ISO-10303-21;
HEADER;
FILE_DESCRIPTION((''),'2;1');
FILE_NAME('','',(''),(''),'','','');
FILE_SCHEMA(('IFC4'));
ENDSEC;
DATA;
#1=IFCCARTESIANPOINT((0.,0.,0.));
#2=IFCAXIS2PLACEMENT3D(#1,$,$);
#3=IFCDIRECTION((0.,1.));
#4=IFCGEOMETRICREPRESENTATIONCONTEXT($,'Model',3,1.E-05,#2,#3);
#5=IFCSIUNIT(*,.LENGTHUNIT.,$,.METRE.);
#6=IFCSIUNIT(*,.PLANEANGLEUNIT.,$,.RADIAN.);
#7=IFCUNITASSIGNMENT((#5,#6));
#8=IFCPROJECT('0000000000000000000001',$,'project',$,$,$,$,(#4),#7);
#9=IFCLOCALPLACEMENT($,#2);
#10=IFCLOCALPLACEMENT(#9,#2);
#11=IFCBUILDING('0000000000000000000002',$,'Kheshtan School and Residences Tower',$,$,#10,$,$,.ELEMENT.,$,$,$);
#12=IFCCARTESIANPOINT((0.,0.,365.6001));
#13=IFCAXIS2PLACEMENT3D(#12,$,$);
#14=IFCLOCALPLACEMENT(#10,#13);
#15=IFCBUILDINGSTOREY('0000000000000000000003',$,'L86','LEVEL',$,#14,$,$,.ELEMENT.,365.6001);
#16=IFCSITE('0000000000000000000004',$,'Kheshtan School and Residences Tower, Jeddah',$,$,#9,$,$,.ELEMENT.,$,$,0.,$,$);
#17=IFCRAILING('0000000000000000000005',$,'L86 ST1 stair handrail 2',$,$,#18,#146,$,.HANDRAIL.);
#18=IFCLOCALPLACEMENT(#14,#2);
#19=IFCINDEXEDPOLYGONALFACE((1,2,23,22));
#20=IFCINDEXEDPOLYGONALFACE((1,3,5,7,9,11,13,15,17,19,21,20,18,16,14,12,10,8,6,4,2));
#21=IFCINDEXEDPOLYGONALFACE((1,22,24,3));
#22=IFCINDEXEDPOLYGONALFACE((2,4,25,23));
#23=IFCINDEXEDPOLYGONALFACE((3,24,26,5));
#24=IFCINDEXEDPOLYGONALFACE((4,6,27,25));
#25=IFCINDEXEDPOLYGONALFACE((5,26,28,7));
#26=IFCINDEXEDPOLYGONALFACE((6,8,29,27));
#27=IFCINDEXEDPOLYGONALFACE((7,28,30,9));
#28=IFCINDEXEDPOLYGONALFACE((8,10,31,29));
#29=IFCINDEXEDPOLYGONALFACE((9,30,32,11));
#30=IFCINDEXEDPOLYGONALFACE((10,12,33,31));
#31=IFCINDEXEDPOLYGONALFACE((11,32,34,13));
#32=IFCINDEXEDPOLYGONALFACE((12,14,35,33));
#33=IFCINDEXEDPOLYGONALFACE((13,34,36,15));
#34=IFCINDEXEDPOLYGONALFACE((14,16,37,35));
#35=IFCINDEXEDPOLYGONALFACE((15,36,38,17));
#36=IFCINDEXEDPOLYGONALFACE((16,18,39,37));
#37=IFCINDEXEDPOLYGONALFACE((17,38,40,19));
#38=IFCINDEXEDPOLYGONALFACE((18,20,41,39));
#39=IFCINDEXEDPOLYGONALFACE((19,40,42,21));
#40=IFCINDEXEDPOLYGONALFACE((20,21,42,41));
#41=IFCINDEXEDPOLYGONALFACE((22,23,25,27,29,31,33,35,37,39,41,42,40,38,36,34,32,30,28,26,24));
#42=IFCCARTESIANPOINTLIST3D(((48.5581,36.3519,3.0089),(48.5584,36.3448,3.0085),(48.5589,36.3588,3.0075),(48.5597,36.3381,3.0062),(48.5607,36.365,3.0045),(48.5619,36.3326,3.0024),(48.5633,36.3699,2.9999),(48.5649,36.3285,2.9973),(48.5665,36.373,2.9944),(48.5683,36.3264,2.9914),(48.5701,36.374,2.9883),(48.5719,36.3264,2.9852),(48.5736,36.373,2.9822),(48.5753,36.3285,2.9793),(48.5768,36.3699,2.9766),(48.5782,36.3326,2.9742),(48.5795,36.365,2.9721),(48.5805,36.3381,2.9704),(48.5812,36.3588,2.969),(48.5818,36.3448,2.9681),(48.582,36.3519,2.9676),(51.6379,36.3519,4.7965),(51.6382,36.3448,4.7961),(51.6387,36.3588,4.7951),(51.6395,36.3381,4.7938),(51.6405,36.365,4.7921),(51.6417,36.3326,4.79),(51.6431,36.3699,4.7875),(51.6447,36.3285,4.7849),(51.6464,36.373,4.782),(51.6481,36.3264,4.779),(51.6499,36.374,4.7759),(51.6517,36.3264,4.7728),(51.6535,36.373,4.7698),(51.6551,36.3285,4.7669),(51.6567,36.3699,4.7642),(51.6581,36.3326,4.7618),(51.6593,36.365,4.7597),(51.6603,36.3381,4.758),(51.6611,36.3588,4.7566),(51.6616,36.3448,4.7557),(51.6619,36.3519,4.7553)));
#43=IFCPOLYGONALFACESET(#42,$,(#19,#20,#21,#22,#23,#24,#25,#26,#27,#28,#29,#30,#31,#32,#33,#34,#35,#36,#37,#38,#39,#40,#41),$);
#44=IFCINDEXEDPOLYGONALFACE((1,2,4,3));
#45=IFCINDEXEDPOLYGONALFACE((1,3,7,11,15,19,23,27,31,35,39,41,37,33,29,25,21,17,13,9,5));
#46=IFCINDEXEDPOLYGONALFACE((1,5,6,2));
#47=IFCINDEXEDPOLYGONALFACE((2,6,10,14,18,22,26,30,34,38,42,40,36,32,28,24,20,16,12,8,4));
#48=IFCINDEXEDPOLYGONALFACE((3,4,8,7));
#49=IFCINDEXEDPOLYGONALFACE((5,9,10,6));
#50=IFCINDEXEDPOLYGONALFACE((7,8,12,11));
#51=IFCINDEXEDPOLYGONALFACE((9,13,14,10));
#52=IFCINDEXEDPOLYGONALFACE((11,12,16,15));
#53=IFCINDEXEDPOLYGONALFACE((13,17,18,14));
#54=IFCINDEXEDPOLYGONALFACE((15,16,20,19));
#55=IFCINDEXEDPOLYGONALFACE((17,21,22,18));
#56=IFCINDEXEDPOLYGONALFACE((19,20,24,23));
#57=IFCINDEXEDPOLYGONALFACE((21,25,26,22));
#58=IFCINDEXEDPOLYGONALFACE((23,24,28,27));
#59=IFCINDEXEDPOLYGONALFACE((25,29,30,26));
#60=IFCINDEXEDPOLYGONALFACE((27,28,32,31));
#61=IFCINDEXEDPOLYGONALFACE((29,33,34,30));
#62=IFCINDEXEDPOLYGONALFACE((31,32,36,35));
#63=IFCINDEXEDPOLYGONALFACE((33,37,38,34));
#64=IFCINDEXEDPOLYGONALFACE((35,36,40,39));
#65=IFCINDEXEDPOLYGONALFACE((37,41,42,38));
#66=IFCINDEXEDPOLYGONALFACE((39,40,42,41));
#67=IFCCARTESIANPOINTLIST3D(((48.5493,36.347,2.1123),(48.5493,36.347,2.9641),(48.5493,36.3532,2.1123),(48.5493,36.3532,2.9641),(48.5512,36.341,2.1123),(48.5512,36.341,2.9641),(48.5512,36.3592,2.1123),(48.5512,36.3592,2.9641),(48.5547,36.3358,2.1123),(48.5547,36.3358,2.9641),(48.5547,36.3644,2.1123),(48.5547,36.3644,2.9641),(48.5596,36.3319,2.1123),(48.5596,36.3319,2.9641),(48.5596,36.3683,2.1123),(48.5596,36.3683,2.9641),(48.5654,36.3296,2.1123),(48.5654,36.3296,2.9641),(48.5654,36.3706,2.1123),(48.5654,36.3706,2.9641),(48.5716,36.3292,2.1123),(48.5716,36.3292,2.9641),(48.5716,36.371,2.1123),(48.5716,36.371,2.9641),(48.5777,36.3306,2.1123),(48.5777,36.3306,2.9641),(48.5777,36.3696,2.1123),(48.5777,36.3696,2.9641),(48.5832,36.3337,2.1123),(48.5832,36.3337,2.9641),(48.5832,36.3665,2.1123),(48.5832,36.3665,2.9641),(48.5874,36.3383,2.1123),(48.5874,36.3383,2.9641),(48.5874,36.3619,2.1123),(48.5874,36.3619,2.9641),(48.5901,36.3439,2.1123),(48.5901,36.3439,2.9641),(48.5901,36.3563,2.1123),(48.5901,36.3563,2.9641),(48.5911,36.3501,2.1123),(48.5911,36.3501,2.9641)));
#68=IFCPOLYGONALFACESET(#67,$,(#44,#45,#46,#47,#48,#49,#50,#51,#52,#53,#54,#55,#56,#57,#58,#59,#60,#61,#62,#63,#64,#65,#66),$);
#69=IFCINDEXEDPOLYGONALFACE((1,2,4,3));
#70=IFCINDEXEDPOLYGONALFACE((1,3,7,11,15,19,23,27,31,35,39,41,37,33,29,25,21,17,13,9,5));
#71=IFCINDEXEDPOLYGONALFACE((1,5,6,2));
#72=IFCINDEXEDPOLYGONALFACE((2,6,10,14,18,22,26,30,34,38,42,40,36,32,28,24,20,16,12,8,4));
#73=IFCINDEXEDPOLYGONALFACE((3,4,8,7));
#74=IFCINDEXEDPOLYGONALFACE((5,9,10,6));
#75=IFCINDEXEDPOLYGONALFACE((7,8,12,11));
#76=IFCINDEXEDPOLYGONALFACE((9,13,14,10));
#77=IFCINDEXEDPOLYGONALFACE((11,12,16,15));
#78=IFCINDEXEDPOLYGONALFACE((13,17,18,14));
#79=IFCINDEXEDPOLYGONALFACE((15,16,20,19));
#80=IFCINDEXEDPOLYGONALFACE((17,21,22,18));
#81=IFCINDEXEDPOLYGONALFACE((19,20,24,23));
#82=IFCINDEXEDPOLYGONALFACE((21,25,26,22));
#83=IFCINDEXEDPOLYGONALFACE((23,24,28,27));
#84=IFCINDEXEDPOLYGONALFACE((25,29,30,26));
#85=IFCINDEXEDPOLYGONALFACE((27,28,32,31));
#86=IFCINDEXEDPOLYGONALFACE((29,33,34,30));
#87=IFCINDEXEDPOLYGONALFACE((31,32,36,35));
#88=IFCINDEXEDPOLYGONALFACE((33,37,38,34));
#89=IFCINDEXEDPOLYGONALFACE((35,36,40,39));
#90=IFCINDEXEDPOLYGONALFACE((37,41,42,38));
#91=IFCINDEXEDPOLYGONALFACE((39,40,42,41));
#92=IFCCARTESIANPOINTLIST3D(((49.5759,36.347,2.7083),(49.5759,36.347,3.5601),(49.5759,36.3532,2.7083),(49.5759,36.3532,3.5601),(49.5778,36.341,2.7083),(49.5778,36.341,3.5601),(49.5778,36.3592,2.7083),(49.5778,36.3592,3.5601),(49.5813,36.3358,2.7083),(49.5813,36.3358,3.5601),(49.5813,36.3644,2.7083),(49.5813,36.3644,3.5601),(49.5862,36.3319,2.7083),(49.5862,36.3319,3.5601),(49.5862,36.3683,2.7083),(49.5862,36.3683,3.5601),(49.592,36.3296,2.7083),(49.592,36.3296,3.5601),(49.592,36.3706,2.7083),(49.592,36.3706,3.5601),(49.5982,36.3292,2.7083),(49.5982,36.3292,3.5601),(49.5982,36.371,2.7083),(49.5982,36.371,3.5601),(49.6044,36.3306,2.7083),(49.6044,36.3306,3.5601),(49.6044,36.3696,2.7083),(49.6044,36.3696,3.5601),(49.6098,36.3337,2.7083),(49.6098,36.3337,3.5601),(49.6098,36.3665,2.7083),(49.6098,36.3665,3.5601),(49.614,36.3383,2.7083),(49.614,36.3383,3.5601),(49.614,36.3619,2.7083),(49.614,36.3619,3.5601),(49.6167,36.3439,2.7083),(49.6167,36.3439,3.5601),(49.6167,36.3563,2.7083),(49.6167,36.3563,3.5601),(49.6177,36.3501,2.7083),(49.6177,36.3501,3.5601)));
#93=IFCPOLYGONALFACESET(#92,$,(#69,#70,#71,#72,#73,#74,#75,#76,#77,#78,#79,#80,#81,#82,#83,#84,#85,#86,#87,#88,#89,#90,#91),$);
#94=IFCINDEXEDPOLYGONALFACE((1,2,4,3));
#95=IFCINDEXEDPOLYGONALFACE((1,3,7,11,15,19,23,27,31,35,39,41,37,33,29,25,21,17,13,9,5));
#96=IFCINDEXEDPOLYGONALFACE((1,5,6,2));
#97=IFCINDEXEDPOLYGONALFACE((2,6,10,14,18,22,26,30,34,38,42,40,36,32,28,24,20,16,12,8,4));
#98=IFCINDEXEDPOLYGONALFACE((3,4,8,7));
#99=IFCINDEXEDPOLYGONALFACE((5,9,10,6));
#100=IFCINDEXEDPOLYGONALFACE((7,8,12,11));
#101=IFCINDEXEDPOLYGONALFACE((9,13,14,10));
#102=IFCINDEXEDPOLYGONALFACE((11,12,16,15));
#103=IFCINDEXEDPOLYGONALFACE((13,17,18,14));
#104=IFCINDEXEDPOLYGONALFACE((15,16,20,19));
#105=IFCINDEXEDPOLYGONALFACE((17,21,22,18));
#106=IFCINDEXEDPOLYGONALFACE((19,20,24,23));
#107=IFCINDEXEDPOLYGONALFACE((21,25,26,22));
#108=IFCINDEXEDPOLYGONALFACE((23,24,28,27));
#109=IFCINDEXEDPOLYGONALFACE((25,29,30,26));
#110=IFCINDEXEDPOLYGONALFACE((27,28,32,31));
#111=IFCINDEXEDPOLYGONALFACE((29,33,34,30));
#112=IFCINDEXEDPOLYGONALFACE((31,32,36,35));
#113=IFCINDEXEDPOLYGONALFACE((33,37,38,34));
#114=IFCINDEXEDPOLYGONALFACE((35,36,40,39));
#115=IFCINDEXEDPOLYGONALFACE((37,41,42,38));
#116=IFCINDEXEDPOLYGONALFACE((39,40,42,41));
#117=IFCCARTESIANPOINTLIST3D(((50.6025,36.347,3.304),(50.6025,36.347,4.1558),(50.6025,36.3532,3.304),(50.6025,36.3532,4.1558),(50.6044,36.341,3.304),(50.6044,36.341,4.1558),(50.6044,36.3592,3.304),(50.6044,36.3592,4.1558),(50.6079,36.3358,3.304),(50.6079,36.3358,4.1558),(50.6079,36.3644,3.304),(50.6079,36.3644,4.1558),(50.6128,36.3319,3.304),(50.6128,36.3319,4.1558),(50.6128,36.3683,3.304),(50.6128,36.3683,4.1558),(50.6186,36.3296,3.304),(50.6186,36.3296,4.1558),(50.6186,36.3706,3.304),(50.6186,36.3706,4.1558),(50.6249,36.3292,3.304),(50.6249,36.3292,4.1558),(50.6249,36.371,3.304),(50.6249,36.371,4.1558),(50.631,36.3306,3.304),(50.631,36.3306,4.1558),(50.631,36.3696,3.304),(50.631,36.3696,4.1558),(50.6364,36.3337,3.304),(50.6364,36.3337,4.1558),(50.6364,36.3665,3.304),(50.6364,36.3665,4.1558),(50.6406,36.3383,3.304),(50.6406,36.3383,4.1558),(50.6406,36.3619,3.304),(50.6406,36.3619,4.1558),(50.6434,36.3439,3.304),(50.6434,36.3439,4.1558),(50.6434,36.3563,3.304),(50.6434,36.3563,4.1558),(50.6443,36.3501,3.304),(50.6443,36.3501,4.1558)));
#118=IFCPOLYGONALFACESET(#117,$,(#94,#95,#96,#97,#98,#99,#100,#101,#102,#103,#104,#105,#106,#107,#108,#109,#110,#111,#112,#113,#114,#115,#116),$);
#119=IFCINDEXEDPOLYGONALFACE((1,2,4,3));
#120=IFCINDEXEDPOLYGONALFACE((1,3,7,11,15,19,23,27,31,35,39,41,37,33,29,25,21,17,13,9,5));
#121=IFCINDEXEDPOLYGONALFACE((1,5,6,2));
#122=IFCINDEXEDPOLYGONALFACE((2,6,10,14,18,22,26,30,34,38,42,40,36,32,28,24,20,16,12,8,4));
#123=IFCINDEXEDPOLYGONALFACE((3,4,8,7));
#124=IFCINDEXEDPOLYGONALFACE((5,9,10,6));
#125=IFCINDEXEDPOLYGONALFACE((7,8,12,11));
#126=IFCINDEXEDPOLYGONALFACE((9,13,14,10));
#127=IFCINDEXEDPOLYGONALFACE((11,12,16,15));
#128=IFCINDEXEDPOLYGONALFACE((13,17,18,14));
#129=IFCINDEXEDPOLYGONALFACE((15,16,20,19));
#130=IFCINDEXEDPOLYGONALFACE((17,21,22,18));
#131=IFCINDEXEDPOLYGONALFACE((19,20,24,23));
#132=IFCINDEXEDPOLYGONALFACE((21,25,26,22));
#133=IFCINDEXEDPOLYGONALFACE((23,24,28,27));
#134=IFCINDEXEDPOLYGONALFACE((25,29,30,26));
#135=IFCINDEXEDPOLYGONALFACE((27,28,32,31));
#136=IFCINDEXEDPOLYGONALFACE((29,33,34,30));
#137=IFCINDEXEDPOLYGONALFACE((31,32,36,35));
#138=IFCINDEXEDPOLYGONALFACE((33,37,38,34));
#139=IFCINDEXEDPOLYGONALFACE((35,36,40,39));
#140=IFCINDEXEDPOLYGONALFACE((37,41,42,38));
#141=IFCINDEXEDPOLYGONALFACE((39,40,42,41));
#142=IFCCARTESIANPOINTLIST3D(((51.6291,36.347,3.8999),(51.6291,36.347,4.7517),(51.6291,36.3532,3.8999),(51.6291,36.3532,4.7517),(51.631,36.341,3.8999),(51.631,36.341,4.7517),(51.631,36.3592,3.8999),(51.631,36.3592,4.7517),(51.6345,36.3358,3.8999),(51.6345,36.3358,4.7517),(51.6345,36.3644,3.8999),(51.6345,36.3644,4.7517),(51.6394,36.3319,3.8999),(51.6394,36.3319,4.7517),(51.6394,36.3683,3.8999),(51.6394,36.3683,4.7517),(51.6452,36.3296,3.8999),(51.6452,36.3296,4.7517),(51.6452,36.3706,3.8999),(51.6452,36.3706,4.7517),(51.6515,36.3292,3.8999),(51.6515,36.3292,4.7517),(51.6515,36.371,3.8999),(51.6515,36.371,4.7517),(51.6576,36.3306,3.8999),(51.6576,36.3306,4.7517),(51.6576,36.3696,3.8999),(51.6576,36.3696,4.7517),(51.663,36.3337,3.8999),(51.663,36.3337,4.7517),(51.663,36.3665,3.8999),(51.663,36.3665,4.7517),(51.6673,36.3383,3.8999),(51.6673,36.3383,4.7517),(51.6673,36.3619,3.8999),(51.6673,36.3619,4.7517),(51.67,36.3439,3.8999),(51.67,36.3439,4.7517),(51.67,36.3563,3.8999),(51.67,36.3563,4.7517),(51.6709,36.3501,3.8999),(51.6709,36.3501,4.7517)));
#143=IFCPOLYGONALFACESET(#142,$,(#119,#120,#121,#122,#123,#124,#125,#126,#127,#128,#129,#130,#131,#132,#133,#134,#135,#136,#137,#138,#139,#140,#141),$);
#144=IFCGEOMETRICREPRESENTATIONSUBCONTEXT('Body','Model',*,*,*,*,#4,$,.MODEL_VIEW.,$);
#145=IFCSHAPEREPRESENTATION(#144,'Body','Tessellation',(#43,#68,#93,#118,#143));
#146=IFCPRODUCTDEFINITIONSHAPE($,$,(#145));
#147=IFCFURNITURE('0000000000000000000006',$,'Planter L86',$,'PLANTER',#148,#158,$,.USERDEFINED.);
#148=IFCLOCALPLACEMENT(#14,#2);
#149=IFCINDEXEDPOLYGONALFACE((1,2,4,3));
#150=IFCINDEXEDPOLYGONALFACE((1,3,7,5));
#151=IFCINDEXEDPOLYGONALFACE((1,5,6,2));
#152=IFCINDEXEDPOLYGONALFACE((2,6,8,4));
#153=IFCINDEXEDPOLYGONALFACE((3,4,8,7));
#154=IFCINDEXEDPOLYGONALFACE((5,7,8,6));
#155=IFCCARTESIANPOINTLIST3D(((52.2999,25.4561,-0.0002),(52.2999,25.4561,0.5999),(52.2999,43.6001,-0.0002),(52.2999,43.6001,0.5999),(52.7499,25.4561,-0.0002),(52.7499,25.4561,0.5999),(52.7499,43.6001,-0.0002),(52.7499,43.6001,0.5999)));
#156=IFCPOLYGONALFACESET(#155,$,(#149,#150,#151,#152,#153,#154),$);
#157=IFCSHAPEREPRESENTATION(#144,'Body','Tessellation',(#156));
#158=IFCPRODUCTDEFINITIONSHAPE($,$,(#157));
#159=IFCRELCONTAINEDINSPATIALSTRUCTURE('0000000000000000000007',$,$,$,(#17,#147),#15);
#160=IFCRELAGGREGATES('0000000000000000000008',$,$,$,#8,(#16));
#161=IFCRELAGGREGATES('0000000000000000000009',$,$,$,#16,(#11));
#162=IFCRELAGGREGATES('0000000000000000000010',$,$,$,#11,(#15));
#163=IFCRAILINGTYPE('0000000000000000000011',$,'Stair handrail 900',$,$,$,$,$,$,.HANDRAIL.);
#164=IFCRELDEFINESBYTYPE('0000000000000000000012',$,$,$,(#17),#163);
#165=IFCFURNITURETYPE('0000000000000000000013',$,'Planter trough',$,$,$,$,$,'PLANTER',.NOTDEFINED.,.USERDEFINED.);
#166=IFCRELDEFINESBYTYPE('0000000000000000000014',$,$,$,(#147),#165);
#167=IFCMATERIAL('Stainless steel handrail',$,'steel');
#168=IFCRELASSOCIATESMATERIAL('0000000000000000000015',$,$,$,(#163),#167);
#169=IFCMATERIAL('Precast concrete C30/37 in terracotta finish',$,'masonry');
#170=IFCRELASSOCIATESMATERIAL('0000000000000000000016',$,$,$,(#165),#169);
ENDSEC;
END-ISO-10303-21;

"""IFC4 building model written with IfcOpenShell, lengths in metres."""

from ifc_helpers import new_model, si_unit, direction, frame, origin, origin_2d, place, context, subcontext, project, spatial, rectangle, circle, extrude, material, type_object, element, save


model = new_model("IFC4")

# Units and contexts
model_context = context("Model", 3, precision=1e-05, world=origin(), true_north=direction((0.0, 1.0)))
body_context = subcontext(model_context, "Body", "Model", "MODEL_VIEW")
ifc_project = project(units=[si_unit("LENGTHUNIT", "METRE"), si_unit("PLANEANGLEUNIT", "RADIAN")], contexts=[model_context])

# Site, building, storey
site_placement = place(None, origin())
site = spatial("IfcSite", under=ifc_project, at=site_placement, Name="Kheshtan School and Residences Tower, Jeddah", CompositionType="ELEMENT", RefElevation=0.0)
building_placement = place(site_placement, origin())
building = spatial("IfcBuilding", under=site, at=building_placement, Name="Kheshtan School and Residences Tower", CompositionType="ELEMENT")
storey_placement = place(building_placement, frame((0.0, 0.0, 365.6001)))
storey = spatial("IfcBuildingStorey", under=building, at=storey_placement, Name="L86", Description="LEVEL", CompositionType="ELEMENT", Elevation=365.6001)

# Railing
ifc_material_1 = material(Name="Stainless steel handrail", Category="steel")
railing_type_1 = type_object("IfcRailingType", Name="Stair handrail 900", PredefinedType="HANDRAIL", material=ifc_material_1)
railing_1_placement = place(storey_placement, frame((48.5701, 36.3501, 2.1123)))
element("IfcRailing", 1, at=railing_1_placement, inside=storey, type_object=railing_type_1, Name="L86 ST1 stair handrail 2", PredefinedType="HANDRAIL", context=body_context, shape_type="SweptSolid", body=[
    extrude(circle(Radius=0.0239, at=origin_2d()), frame((0.0, 0.0, 0.876), z_axis=(0.864873, 0.0, 0.50199), x_axis=(0.0, 1.0, 0.0)), (0.0, 0.0, 1.0), 3.561),
    extrude(circle(Radius=0.021, at=origin_2d()), origin(), (0.0, 0.0, 1.0), 0.8518),
    extrude(circle(Radius=0.021, at=origin_2d()), frame((1.0266, 0.0, 0.5959)), (0.0, 0.0, 1.0), 0.8518),
    extrude(circle(Radius=0.021, at=origin_2d()), frame((2.0532, 0.0, 1.1917)), (0.0, 0.0, 1.0), 0.8518),
    extrude(circle(Radius=0.021, at=origin_2d()), frame((3.0798, 0.0, 1.7876)), (0.0, 0.0, 1.0), 0.8518),
])

# Furniture
ifc_material_2 = material(Name="Precast concrete C30/37 in terracotta finish", Category="masonry")
furniture_type = type_object("IfcFurnitureType", Name="Planter trough", ElementType="PLANTER", AssemblyPlace="NOTDEFINED", PredefinedType="USERDEFINED", material=ifc_material_2)
furniture_placement = place(storey_placement, frame((52.5249, 34.5281, -0.0002), z_axis=(0.0, 0.0, 1.0), x_axis=(0.0, -1.0, 0.0)))
element("IfcFurniture", 2, at=furniture_placement, inside=storey, type_object=furniture_type, Name="Planter L86", ObjectType="PLANTER", PredefinedType="USERDEFINED", context=body_context, shape_type="SweptSolid", body=[
    extrude(rectangle(XDim=18.144, YDim=0.45, at=origin_2d()), origin(), (0.0, 0.0, 1.0), 0.6001),
])

save(model, "model.ifc")
